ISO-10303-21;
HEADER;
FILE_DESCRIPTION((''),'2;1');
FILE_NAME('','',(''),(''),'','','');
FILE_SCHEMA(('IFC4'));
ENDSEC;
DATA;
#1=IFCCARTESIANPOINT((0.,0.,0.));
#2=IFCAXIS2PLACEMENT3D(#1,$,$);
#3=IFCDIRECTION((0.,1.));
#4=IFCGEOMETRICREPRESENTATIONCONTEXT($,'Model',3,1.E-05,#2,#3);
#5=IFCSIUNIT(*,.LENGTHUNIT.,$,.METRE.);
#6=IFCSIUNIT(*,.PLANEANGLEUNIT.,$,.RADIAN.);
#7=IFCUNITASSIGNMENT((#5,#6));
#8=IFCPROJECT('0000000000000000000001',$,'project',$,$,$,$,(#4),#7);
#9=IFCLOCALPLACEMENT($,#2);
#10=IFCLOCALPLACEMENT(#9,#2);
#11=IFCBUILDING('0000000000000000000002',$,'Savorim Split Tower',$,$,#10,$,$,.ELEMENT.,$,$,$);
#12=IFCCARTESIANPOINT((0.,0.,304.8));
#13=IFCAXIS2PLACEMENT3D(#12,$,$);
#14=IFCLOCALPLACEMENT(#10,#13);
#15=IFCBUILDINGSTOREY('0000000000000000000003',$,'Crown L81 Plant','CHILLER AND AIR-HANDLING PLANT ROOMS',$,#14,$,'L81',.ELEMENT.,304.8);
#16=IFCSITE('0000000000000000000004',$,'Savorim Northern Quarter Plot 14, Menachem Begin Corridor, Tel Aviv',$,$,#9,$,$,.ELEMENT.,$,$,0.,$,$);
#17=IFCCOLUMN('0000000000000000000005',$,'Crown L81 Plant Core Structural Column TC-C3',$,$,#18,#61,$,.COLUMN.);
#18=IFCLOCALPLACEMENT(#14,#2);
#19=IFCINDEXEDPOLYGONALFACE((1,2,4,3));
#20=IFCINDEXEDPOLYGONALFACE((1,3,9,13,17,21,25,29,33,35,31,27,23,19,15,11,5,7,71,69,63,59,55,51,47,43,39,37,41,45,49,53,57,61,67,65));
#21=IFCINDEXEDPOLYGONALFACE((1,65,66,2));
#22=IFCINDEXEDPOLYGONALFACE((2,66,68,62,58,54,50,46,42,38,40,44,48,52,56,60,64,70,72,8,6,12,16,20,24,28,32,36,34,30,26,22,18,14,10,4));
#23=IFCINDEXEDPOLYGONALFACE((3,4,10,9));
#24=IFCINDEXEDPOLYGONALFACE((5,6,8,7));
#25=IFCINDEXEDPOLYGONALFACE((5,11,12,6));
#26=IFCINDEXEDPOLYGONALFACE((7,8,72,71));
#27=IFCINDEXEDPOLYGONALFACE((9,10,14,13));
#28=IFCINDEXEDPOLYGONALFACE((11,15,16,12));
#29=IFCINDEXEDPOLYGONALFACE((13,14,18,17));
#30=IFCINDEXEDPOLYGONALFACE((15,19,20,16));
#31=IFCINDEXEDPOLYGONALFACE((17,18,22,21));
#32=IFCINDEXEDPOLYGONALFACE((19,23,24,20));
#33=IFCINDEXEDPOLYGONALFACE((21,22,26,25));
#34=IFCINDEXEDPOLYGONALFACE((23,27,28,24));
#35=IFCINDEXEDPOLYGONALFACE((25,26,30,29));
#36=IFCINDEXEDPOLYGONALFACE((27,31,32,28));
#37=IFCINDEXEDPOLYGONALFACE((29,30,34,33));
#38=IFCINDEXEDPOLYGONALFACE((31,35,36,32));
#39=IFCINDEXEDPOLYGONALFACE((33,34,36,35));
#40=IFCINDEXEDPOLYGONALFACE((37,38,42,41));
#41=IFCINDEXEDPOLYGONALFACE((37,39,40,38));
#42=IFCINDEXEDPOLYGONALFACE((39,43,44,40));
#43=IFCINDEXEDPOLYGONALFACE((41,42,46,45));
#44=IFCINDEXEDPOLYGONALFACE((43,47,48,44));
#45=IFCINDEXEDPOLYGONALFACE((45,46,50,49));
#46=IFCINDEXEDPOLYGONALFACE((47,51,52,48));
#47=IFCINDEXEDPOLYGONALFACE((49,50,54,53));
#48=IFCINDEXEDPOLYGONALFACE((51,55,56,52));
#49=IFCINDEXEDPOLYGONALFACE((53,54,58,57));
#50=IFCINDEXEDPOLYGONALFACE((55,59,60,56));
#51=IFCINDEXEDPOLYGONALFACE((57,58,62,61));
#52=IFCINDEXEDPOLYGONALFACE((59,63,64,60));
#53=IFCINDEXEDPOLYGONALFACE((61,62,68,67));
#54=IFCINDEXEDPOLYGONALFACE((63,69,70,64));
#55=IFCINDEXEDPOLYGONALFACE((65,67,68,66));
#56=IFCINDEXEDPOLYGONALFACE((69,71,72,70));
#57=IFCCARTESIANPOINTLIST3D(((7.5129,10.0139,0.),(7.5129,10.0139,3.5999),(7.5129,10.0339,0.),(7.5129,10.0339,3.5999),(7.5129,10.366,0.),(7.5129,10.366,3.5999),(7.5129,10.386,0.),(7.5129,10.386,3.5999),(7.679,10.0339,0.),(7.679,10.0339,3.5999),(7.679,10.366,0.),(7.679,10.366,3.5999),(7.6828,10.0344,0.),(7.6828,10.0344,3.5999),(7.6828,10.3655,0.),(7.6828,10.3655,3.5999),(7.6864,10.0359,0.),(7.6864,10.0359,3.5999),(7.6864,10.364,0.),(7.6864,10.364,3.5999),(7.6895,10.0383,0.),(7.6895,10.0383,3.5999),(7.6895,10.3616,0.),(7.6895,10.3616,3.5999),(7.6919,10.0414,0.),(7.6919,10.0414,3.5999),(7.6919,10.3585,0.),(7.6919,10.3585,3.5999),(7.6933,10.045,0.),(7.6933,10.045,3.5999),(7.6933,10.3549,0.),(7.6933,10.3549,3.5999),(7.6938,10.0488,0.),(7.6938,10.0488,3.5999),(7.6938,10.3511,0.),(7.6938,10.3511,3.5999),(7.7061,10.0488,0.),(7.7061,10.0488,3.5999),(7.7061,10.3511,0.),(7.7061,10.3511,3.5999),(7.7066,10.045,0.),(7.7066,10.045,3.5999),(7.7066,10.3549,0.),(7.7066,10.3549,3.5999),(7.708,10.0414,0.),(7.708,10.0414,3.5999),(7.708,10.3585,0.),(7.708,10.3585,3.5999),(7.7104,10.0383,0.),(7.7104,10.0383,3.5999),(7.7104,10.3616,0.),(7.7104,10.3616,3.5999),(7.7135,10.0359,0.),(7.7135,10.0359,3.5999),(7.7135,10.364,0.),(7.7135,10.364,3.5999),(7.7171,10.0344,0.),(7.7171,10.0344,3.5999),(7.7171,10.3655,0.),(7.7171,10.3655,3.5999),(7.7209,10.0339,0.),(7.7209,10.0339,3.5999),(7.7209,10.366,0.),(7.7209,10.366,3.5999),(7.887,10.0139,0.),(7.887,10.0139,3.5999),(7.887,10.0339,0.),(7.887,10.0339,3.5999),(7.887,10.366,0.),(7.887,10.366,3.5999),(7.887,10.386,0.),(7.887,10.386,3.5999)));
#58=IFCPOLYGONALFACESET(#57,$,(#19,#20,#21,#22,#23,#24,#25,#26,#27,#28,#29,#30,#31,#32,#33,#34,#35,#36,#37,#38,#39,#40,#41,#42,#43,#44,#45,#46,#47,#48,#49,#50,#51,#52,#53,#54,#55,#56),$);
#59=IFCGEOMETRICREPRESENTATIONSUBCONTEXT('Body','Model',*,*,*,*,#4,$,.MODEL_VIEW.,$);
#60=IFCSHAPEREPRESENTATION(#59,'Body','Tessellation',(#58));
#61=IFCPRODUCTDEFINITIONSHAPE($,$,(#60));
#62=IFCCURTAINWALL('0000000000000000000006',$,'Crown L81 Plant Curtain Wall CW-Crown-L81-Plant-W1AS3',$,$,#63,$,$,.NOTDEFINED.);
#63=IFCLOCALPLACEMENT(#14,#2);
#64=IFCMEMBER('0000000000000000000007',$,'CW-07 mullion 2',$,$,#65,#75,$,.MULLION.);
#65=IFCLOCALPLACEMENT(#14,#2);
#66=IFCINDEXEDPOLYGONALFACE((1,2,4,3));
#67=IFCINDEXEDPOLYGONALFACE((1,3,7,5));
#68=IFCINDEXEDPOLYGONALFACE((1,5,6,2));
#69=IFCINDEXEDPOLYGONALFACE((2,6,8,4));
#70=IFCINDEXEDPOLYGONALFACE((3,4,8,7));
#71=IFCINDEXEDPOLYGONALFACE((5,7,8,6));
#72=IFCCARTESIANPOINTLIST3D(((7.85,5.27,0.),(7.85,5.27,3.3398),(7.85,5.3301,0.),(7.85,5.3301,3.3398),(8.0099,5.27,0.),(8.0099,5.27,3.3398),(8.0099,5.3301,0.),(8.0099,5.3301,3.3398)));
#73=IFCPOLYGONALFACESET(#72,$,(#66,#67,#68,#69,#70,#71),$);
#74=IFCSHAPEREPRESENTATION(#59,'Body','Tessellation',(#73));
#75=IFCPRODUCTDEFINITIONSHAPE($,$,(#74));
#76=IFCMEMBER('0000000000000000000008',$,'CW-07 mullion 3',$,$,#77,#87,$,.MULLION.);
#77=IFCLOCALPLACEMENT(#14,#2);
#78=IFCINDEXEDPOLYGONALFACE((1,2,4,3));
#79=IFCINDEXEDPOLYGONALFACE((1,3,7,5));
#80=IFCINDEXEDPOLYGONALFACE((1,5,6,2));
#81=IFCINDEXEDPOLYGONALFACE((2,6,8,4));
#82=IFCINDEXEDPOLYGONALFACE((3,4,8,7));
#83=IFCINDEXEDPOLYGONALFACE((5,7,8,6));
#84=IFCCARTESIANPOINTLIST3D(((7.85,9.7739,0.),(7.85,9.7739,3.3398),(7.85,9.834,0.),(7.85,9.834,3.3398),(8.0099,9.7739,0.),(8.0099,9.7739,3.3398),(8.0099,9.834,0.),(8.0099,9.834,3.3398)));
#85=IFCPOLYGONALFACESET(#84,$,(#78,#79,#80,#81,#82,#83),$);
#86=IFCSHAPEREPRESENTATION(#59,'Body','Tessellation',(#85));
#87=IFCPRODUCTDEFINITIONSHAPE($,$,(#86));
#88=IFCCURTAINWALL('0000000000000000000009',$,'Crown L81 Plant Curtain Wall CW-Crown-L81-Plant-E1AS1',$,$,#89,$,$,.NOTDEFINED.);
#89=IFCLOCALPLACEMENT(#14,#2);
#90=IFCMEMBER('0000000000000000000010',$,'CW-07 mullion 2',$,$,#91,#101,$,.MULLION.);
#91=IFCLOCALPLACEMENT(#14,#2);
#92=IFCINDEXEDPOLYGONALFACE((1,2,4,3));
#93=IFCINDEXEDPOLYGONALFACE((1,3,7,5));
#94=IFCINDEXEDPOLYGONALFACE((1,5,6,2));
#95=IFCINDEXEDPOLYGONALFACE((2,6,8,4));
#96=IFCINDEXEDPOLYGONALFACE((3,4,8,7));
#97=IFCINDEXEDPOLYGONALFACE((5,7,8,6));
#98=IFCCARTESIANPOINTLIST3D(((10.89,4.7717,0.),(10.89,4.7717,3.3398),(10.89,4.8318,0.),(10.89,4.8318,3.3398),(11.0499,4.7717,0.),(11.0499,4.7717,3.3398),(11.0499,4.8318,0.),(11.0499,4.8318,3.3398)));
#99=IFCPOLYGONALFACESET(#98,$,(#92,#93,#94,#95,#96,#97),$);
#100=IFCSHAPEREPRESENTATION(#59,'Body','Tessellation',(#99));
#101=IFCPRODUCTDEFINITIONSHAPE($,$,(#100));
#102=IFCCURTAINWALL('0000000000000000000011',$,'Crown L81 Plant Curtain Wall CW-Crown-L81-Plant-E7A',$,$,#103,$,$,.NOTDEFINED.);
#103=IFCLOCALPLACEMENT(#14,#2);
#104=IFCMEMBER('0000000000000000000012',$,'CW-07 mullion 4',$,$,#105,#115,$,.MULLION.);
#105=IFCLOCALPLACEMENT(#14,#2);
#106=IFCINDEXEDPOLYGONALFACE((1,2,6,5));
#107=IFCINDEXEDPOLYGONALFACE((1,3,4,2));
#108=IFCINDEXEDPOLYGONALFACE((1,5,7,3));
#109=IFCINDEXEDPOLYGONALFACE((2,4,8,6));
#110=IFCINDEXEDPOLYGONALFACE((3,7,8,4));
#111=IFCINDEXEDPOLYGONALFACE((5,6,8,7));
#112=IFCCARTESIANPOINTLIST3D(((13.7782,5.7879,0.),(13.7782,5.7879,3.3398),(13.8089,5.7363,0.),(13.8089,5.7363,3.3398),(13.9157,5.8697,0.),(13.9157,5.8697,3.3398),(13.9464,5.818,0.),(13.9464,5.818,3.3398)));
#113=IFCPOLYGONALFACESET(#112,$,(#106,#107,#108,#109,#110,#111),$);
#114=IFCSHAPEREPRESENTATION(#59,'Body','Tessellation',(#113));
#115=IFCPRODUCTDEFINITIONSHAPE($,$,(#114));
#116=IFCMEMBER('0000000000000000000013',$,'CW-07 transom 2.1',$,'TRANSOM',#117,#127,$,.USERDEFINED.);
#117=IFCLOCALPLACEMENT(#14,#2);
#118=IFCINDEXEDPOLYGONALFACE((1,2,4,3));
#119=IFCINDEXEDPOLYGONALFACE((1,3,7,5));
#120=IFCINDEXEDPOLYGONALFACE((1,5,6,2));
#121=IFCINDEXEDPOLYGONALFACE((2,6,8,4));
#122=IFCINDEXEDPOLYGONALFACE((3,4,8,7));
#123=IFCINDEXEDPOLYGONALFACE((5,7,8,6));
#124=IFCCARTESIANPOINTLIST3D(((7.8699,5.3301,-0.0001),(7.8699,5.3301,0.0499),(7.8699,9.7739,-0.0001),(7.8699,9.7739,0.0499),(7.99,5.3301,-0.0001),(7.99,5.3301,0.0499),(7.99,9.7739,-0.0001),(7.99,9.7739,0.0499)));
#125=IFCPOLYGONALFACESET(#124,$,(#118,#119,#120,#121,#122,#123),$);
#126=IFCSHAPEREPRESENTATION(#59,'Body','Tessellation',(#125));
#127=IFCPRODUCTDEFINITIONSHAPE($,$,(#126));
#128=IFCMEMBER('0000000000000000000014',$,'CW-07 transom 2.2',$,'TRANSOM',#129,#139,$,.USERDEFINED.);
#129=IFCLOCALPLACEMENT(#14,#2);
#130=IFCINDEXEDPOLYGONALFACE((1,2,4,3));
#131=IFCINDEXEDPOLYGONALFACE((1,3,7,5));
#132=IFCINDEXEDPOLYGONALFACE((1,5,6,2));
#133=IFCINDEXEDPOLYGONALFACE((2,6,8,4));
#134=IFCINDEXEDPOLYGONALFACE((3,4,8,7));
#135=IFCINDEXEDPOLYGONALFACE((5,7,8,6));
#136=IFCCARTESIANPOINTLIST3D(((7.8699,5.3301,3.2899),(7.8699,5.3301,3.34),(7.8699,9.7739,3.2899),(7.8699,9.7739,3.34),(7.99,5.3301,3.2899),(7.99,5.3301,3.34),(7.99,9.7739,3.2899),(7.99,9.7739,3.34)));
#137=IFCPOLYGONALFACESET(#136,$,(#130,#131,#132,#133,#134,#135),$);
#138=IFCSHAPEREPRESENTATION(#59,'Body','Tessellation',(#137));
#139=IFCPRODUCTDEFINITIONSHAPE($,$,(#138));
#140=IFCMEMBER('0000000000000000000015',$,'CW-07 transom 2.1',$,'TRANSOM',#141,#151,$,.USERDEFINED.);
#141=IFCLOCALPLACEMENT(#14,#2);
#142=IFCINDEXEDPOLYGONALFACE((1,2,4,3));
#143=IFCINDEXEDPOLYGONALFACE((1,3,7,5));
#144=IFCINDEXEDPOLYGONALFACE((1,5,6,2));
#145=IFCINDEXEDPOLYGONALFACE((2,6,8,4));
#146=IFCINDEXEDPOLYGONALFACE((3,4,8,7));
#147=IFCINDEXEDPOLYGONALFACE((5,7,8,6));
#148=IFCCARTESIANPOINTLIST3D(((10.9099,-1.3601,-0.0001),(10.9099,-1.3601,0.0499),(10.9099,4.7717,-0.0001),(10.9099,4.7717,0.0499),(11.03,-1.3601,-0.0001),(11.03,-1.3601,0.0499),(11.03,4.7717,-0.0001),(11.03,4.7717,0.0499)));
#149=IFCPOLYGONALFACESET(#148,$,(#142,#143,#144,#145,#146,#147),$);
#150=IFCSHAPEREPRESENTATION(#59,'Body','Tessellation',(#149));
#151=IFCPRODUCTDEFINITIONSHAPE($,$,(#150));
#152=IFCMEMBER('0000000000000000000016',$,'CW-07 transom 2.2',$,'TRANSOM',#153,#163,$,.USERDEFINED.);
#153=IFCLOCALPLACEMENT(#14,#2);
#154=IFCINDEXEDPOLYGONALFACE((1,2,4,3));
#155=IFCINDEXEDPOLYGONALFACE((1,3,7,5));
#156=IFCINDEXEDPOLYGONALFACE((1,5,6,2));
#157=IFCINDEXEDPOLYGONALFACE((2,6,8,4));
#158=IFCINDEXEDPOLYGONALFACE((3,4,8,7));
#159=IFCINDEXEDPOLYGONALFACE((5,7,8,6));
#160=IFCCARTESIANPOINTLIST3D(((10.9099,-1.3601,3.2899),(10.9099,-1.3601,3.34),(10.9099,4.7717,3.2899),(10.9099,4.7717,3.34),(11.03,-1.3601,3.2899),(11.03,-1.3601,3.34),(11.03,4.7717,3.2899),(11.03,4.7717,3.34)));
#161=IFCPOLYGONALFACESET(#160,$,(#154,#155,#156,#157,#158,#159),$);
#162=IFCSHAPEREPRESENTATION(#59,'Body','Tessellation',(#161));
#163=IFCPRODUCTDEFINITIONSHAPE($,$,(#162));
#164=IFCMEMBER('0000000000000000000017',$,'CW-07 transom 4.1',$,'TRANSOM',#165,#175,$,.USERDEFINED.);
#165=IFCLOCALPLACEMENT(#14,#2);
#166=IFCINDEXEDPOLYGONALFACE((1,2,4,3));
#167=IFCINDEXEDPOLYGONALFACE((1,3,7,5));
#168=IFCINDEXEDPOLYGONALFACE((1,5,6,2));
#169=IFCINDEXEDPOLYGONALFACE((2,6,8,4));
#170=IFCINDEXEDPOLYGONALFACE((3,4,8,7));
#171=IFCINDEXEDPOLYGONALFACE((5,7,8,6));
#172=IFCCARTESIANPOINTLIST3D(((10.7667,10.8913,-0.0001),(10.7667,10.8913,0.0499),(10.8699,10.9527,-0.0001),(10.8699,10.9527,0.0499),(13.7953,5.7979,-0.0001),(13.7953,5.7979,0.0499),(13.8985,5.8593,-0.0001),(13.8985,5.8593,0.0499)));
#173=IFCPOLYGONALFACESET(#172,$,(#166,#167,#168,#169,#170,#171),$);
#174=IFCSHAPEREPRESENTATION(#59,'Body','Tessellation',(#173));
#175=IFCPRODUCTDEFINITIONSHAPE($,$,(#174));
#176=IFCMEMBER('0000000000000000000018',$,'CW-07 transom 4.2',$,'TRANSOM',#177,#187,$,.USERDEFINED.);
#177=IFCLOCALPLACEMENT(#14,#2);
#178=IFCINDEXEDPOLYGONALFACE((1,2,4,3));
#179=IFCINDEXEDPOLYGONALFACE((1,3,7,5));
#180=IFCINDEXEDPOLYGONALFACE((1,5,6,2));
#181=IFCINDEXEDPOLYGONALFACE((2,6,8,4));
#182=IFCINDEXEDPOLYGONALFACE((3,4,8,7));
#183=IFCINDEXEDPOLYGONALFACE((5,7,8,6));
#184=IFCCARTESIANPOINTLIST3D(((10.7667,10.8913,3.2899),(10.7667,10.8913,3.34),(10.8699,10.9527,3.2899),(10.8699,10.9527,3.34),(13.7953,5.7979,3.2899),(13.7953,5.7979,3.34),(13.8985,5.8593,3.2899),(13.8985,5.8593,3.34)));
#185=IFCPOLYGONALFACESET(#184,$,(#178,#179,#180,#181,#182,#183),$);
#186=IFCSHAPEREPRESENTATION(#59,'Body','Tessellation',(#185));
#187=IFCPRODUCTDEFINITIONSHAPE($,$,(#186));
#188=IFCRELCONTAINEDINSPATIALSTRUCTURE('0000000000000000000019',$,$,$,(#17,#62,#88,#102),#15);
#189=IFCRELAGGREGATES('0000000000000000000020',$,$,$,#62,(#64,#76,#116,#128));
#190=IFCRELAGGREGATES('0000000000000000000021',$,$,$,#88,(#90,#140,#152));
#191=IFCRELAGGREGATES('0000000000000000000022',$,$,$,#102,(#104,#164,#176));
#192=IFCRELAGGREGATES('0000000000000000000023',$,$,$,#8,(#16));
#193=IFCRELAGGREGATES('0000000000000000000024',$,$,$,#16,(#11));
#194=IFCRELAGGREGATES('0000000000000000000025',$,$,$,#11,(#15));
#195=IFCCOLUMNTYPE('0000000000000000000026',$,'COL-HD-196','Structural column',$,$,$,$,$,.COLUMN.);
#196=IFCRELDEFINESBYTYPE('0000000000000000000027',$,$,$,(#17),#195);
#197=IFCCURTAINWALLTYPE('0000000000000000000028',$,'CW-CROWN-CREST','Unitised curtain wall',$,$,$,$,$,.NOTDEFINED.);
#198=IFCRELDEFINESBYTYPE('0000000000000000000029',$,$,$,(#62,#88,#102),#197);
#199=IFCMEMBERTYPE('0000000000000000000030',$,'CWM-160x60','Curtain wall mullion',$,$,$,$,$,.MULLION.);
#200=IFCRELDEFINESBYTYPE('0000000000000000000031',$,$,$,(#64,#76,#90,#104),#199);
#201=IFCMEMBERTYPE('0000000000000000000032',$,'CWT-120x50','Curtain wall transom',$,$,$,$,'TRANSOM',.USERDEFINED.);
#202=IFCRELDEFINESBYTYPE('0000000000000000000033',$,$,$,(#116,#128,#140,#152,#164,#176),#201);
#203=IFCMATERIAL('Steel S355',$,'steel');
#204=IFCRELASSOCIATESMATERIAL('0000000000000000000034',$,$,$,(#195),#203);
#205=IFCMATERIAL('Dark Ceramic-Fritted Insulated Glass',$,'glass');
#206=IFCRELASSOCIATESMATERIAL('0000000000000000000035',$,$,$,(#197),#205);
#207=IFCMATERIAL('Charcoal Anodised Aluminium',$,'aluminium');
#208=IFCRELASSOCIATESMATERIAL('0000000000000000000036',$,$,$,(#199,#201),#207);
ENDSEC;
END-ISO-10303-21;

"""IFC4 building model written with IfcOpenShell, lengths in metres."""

from ifc_helpers import new_model, si_unit, direction, frame, origin, origin_2d, place, context, subcontext, project, spatial, rectangle, i_section, extrude, material, material_profile, profile_set, type_object, element, aggregate, save


model = new_model("IFC4")

# Units and contexts
model_context = context("Model", 3, precision=1e-05, world=origin(), true_north=direction((0.0, 1.0)))
body_context = subcontext(model_context, "Body", "Model", "MODEL_VIEW")
ifc_project = project(units=[si_unit("LENGTHUNIT", "METRE"), si_unit("PLANEANGLEUNIT", "RADIAN")], contexts=[model_context])

# Site, building, storey
site_placement = place(None, origin())
site = spatial("IfcSite", under=ifc_project, at=site_placement, Name="Savorim Northern Quarter Plot 14, Menachem Begin Corridor, Tel Aviv", CompositionType="ELEMENT", RefElevation=0.0)
building_placement = place(site_placement, origin())
building = spatial("IfcBuilding", under=site, at=building_placement, Name="Savorim Split Tower", CompositionType="ELEMENT")
storey_placement = place(building_placement, frame((0.0, 0.0, 304.8)))
storey = spatial("IfcBuildingStorey", under=building, at=storey_placement, Name="Crown L81 Plant", Description="CHILLER AND AIR-HANDLING PLANT ROOMS", LongName="L81", CompositionType="ELEMENT", Elevation=304.8)

# Column
ifc_material_1 = material(Name="Steel S355", Category="steel")
ifc_material_profile_1 = material_profile(ifc_material_1, i_section(OverallWidth=0.374, OverallDepth=0.3721, WebThickness=0.0122, FlangeThickness=0.02, FilletRadius=0.0149, at=origin_2d()), Name="HD 360x196")
ifc_profile_set_1 = profile_set([ifc_material_profile_1], Name="Steel S355")
column_type = type_object("IfcColumnType", Name="COL-HD-196", Description="Structural column", PredefinedType="COLUMN", material=ifc_profile_set_1)
column_placement = place(storey_placement, frame((7.7, 10.2, 0.0), z_axis=(0.0, 0.0, 1.0), x_axis=(1.0, 0.0, 0.0)))
element("IfcColumn", 1, at=column_placement, inside=storey, type_object=column_type, Name="Crown L81 Plant Core Structural Column TC-C3", PredefinedType="COLUMN", context=body_context, shape_type="SweptSolid", body=[
    extrude(i_section(OverallWidth=0.374, OverallDepth=0.3721, WebThickness=0.0122, FlangeThickness=0.02, FilletRadius=0.0149, at=origin_2d()), origin(), (0.0, 0.0, 1.0), 3.5999),
])

# Curtain wall, members
ifc_material_2 = material(Name="Dark Ceramic-Fritted Insulated Glass", Category="glass")
curtain_wall_type = type_object("IfcCurtainWallType", Name="CW-CROWN-CREST", Description="Unitised curtain wall", PredefinedType="NOTDEFINED", material=ifc_material_2)
curtain_wall_1_placement = place(storey_placement, origin())
curtain_wall_1 = element("IfcCurtainWall", 2, at=curtain_wall_1_placement, inside=storey, type_object=curtain_wall_type, Name="Crown L81 Plant Curtain Wall CW-Crown-L81-Plant-W1AS3", PredefinedType="NOTDEFINED")
ifc_material_3 = material(Name="Charcoal Anodised Aluminium", Category="aluminium")
ifc_material_profile_2 = material_profile(ifc_material_3, rectangle(XDim=0.1599, YDim=0.0601, at=origin_2d()), Name="ALU-M 160x60")
ifc_profile_set_2 = profile_set([ifc_material_profile_2], Name="Charcoal Anodised Aluminium")
member_type_1 = type_object("IfcMemberType", Name="CWM-160x60", Description="Curtain wall mullion", PredefinedType="MULLION", material=ifc_profile_set_2)
member_1_placement = place(storey_placement, frame((7.9299, 5.3, 0.0), z_axis=(0.0, 0.0, 1.0), x_axis=(-1.0, 0.0, 0.0)))
member_1 = element("IfcMember", 3, at=member_1_placement, type_object=member_type_1, Name="CW-07 mullion 2", PredefinedType="MULLION", context=body_context, shape_type="SweptSolid", body=[
    extrude(rectangle(XDim=0.1599, YDim=0.0601, at=origin_2d()), origin(), (0.0, 0.0, 1.0), 3.3398),
])
member_2_placement = place(storey_placement, frame((7.9299, 9.804, 0.0), z_axis=(0.0, 0.0, 1.0), x_axis=(-1.0, 0.0, 0.0)))
member_2 = element("IfcMember", 4, at=member_2_placement, type_object=member_type_1, Name="CW-07 mullion 3", PredefinedType="MULLION", context=body_context, shape_type="SweptSolid", body=[
    extrude(rectangle(XDim=0.1599, YDim=0.0601, at=origin_2d()), origin(), (0.0, 0.0, 1.0), 3.3398),
])

# Curtain walls, members
curtain_wall_2_placement = place(storey_placement, origin())
curtain_wall_2 = element("IfcCurtainWall", 5, at=curtain_wall_2_placement, inside=storey, type_object=curtain_wall_type, Name="Crown L81 Plant Curtain Wall CW-Crown-L81-Plant-E1AS1", PredefinedType="NOTDEFINED")
member_3_placement = place(storey_placement, frame((10.97, 4.8018, 0.0), z_axis=(0.0, 0.0, 1.0), x_axis=(1.0, 0.0, 0.0)))
member_3 = element("IfcMember", 6, at=member_3_placement, type_object=member_type_1, Name="CW-07 mullion 2", PredefinedType="MULLION", context=body_context, shape_type="SweptSolid", body=[
    extrude(rectangle(XDim=0.1599, YDim=0.0601, at=origin_2d()), origin(), (0.0, 0.0, 1.0), 3.3398),
])
curtain_wall_3_placement = place(storey_placement, origin())
curtain_wall_3 = element("IfcCurtainWall", 7, at=curtain_wall_3_placement, inside=storey, type_object=curtain_wall_type, Name="Crown L81 Plant Curtain Wall CW-Crown-L81-Plant-E7A", PredefinedType="NOTDEFINED")
member_4_placement = place(storey_placement, frame((13.8623, 5.803, 0.0), z_axis=(0.0, 0.0, 1.0), x_axis=(-0.859525, -0.511094, 0.0)))
member_4 = element("IfcMember", 8, at=member_4_placement, type_object=member_type_1, Name="CW-07 mullion 4", PredefinedType="MULLION", context=body_context, shape_type="SweptSolid", body=[
    extrude(rectangle(XDim=0.1599, YDim=0.0601, at=origin_2d()), origin(), (0.0, 0.0, 1.0), 3.3398),
])

# Members
ifc_material_profile_3 = material_profile(ifc_material_3, rectangle(XDim=0.1201, YDim=0.05, at=origin_2d()), Name="ALU-T 120x50")
ifc_profile_set_3 = profile_set([ifc_material_profile_3], Name="Charcoal Anodised Aluminium")
member_type_2 = type_object("IfcMemberType", Name="CWT-120x50", Description="Curtain wall transom", ElementType="TRANSOM", PredefinedType="USERDEFINED", material=ifc_profile_set_3)
member_5_placement = place(storey_placement, frame((7.9299, 5.3301, 0.0249), z_axis=(0.0, 1.0, 0.0), x_axis=(-1.0, 0.0, 0.0)))
member_5 = element("IfcMember", 9, at=member_5_placement, type_object=member_type_2, Name="CW-07 transom 2.1", ObjectType="TRANSOM", PredefinedType="USERDEFINED", context=body_context, shape_type="SweptSolid", body=[
    extrude(rectangle(XDim=0.1201, YDim=0.05, at=origin_2d()), origin(), (0.0, 0.0, 1.0), 4.4438),
])
member_6_placement = place(storey_placement, frame((7.9299, 5.3301, 3.3149), z_axis=(0.0, 1.0, 0.0), x_axis=(-1.0, 0.0, 0.0)))
member_6 = element("IfcMember", 10, at=member_6_placement, type_object=member_type_2, Name="CW-07 transom 2.2", ObjectType="TRANSOM", PredefinedType="USERDEFINED", context=body_context, shape_type="SweptSolid", body=[
    extrude(rectangle(XDim=0.1201, YDim=0.05, at=origin_2d()), origin(), (0.0, 0.0, 1.0), 4.4438),
])
member_7_placement = place(storey_placement, frame((10.97, 4.7717, 0.0249), z_axis=(0.0, -1.0, 0.0), x_axis=(1.0, 0.0, 0.0)))
member_7 = element("IfcMember", 11, at=member_7_placement, type_object=member_type_2, Name="CW-07 transom 2.1", ObjectType="TRANSOM", PredefinedType="USERDEFINED", context=body_context, shape_type="SweptSolid", body=[
    extrude(rectangle(XDim=0.1201, YDim=0.05, at=origin_2d()), origin(), (0.0, 0.0, 1.0), 6.1318),
])
member_8_placement = place(storey_placement, frame((10.97, 4.7717, 3.3149), z_axis=(0.0, -1.0, 0.0), x_axis=(1.0, 0.0, 0.0)))
member_8 = element("IfcMember", 12, at=member_8_placement, type_object=member_type_2, Name="CW-07 transom 2.2", ObjectType="TRANSOM", PredefinedType="USERDEFINED", context=body_context, shape_type="SweptSolid", body=[
    extrude(rectangle(XDim=0.1201, YDim=0.05, at=origin_2d()), origin(), (0.0, 0.0, 1.0), 6.1318),
])
member_9_placement = place(storey_placement, frame((13.8469, 5.8286, 0.0249), z_axis=(-0.511093, 0.859526, 0.0), x_axis=(-0.859526, -0.511093, 0.0)))
member_9 = element("IfcMember", 13, at=member_9_placement, type_object=member_type_2, Name="CW-07 transom 4.1", ObjectType="TRANSOM", PredefinedType="USERDEFINED", context=body_context, shape_type="SweptSolid", body=[
    extrude(rectangle(XDim=0.1201, YDim=0.05, at=origin_2d()), origin(), (0.0, 0.0, 1.0), 5.9258),
])
member_10_placement = place(storey_placement, frame((13.8469, 5.8286, 3.3149), z_axis=(-0.511093, 0.859526, 0.0), x_axis=(-0.859526, -0.511093, 0.0)))
member_10 = element("IfcMember", 14, at=member_10_placement, type_object=member_type_2, Name="CW-07 transom 4.2", ObjectType="TRANSOM", PredefinedType="USERDEFINED", context=body_context, shape_type="SweptSolid", body=[
    extrude(rectangle(XDim=0.1201, YDim=0.05, at=origin_2d()), origin(), (0.0, 0.0, 1.0), 5.9258),
])

aggregate(curtain_wall_1, [member_1, member_2, member_5, member_6])
aggregate(curtain_wall_2, [member_3, member_7, member_8])
aggregate(curtain_wall_3, [member_4, member_9, member_10])

save(model, "model.ifc")
